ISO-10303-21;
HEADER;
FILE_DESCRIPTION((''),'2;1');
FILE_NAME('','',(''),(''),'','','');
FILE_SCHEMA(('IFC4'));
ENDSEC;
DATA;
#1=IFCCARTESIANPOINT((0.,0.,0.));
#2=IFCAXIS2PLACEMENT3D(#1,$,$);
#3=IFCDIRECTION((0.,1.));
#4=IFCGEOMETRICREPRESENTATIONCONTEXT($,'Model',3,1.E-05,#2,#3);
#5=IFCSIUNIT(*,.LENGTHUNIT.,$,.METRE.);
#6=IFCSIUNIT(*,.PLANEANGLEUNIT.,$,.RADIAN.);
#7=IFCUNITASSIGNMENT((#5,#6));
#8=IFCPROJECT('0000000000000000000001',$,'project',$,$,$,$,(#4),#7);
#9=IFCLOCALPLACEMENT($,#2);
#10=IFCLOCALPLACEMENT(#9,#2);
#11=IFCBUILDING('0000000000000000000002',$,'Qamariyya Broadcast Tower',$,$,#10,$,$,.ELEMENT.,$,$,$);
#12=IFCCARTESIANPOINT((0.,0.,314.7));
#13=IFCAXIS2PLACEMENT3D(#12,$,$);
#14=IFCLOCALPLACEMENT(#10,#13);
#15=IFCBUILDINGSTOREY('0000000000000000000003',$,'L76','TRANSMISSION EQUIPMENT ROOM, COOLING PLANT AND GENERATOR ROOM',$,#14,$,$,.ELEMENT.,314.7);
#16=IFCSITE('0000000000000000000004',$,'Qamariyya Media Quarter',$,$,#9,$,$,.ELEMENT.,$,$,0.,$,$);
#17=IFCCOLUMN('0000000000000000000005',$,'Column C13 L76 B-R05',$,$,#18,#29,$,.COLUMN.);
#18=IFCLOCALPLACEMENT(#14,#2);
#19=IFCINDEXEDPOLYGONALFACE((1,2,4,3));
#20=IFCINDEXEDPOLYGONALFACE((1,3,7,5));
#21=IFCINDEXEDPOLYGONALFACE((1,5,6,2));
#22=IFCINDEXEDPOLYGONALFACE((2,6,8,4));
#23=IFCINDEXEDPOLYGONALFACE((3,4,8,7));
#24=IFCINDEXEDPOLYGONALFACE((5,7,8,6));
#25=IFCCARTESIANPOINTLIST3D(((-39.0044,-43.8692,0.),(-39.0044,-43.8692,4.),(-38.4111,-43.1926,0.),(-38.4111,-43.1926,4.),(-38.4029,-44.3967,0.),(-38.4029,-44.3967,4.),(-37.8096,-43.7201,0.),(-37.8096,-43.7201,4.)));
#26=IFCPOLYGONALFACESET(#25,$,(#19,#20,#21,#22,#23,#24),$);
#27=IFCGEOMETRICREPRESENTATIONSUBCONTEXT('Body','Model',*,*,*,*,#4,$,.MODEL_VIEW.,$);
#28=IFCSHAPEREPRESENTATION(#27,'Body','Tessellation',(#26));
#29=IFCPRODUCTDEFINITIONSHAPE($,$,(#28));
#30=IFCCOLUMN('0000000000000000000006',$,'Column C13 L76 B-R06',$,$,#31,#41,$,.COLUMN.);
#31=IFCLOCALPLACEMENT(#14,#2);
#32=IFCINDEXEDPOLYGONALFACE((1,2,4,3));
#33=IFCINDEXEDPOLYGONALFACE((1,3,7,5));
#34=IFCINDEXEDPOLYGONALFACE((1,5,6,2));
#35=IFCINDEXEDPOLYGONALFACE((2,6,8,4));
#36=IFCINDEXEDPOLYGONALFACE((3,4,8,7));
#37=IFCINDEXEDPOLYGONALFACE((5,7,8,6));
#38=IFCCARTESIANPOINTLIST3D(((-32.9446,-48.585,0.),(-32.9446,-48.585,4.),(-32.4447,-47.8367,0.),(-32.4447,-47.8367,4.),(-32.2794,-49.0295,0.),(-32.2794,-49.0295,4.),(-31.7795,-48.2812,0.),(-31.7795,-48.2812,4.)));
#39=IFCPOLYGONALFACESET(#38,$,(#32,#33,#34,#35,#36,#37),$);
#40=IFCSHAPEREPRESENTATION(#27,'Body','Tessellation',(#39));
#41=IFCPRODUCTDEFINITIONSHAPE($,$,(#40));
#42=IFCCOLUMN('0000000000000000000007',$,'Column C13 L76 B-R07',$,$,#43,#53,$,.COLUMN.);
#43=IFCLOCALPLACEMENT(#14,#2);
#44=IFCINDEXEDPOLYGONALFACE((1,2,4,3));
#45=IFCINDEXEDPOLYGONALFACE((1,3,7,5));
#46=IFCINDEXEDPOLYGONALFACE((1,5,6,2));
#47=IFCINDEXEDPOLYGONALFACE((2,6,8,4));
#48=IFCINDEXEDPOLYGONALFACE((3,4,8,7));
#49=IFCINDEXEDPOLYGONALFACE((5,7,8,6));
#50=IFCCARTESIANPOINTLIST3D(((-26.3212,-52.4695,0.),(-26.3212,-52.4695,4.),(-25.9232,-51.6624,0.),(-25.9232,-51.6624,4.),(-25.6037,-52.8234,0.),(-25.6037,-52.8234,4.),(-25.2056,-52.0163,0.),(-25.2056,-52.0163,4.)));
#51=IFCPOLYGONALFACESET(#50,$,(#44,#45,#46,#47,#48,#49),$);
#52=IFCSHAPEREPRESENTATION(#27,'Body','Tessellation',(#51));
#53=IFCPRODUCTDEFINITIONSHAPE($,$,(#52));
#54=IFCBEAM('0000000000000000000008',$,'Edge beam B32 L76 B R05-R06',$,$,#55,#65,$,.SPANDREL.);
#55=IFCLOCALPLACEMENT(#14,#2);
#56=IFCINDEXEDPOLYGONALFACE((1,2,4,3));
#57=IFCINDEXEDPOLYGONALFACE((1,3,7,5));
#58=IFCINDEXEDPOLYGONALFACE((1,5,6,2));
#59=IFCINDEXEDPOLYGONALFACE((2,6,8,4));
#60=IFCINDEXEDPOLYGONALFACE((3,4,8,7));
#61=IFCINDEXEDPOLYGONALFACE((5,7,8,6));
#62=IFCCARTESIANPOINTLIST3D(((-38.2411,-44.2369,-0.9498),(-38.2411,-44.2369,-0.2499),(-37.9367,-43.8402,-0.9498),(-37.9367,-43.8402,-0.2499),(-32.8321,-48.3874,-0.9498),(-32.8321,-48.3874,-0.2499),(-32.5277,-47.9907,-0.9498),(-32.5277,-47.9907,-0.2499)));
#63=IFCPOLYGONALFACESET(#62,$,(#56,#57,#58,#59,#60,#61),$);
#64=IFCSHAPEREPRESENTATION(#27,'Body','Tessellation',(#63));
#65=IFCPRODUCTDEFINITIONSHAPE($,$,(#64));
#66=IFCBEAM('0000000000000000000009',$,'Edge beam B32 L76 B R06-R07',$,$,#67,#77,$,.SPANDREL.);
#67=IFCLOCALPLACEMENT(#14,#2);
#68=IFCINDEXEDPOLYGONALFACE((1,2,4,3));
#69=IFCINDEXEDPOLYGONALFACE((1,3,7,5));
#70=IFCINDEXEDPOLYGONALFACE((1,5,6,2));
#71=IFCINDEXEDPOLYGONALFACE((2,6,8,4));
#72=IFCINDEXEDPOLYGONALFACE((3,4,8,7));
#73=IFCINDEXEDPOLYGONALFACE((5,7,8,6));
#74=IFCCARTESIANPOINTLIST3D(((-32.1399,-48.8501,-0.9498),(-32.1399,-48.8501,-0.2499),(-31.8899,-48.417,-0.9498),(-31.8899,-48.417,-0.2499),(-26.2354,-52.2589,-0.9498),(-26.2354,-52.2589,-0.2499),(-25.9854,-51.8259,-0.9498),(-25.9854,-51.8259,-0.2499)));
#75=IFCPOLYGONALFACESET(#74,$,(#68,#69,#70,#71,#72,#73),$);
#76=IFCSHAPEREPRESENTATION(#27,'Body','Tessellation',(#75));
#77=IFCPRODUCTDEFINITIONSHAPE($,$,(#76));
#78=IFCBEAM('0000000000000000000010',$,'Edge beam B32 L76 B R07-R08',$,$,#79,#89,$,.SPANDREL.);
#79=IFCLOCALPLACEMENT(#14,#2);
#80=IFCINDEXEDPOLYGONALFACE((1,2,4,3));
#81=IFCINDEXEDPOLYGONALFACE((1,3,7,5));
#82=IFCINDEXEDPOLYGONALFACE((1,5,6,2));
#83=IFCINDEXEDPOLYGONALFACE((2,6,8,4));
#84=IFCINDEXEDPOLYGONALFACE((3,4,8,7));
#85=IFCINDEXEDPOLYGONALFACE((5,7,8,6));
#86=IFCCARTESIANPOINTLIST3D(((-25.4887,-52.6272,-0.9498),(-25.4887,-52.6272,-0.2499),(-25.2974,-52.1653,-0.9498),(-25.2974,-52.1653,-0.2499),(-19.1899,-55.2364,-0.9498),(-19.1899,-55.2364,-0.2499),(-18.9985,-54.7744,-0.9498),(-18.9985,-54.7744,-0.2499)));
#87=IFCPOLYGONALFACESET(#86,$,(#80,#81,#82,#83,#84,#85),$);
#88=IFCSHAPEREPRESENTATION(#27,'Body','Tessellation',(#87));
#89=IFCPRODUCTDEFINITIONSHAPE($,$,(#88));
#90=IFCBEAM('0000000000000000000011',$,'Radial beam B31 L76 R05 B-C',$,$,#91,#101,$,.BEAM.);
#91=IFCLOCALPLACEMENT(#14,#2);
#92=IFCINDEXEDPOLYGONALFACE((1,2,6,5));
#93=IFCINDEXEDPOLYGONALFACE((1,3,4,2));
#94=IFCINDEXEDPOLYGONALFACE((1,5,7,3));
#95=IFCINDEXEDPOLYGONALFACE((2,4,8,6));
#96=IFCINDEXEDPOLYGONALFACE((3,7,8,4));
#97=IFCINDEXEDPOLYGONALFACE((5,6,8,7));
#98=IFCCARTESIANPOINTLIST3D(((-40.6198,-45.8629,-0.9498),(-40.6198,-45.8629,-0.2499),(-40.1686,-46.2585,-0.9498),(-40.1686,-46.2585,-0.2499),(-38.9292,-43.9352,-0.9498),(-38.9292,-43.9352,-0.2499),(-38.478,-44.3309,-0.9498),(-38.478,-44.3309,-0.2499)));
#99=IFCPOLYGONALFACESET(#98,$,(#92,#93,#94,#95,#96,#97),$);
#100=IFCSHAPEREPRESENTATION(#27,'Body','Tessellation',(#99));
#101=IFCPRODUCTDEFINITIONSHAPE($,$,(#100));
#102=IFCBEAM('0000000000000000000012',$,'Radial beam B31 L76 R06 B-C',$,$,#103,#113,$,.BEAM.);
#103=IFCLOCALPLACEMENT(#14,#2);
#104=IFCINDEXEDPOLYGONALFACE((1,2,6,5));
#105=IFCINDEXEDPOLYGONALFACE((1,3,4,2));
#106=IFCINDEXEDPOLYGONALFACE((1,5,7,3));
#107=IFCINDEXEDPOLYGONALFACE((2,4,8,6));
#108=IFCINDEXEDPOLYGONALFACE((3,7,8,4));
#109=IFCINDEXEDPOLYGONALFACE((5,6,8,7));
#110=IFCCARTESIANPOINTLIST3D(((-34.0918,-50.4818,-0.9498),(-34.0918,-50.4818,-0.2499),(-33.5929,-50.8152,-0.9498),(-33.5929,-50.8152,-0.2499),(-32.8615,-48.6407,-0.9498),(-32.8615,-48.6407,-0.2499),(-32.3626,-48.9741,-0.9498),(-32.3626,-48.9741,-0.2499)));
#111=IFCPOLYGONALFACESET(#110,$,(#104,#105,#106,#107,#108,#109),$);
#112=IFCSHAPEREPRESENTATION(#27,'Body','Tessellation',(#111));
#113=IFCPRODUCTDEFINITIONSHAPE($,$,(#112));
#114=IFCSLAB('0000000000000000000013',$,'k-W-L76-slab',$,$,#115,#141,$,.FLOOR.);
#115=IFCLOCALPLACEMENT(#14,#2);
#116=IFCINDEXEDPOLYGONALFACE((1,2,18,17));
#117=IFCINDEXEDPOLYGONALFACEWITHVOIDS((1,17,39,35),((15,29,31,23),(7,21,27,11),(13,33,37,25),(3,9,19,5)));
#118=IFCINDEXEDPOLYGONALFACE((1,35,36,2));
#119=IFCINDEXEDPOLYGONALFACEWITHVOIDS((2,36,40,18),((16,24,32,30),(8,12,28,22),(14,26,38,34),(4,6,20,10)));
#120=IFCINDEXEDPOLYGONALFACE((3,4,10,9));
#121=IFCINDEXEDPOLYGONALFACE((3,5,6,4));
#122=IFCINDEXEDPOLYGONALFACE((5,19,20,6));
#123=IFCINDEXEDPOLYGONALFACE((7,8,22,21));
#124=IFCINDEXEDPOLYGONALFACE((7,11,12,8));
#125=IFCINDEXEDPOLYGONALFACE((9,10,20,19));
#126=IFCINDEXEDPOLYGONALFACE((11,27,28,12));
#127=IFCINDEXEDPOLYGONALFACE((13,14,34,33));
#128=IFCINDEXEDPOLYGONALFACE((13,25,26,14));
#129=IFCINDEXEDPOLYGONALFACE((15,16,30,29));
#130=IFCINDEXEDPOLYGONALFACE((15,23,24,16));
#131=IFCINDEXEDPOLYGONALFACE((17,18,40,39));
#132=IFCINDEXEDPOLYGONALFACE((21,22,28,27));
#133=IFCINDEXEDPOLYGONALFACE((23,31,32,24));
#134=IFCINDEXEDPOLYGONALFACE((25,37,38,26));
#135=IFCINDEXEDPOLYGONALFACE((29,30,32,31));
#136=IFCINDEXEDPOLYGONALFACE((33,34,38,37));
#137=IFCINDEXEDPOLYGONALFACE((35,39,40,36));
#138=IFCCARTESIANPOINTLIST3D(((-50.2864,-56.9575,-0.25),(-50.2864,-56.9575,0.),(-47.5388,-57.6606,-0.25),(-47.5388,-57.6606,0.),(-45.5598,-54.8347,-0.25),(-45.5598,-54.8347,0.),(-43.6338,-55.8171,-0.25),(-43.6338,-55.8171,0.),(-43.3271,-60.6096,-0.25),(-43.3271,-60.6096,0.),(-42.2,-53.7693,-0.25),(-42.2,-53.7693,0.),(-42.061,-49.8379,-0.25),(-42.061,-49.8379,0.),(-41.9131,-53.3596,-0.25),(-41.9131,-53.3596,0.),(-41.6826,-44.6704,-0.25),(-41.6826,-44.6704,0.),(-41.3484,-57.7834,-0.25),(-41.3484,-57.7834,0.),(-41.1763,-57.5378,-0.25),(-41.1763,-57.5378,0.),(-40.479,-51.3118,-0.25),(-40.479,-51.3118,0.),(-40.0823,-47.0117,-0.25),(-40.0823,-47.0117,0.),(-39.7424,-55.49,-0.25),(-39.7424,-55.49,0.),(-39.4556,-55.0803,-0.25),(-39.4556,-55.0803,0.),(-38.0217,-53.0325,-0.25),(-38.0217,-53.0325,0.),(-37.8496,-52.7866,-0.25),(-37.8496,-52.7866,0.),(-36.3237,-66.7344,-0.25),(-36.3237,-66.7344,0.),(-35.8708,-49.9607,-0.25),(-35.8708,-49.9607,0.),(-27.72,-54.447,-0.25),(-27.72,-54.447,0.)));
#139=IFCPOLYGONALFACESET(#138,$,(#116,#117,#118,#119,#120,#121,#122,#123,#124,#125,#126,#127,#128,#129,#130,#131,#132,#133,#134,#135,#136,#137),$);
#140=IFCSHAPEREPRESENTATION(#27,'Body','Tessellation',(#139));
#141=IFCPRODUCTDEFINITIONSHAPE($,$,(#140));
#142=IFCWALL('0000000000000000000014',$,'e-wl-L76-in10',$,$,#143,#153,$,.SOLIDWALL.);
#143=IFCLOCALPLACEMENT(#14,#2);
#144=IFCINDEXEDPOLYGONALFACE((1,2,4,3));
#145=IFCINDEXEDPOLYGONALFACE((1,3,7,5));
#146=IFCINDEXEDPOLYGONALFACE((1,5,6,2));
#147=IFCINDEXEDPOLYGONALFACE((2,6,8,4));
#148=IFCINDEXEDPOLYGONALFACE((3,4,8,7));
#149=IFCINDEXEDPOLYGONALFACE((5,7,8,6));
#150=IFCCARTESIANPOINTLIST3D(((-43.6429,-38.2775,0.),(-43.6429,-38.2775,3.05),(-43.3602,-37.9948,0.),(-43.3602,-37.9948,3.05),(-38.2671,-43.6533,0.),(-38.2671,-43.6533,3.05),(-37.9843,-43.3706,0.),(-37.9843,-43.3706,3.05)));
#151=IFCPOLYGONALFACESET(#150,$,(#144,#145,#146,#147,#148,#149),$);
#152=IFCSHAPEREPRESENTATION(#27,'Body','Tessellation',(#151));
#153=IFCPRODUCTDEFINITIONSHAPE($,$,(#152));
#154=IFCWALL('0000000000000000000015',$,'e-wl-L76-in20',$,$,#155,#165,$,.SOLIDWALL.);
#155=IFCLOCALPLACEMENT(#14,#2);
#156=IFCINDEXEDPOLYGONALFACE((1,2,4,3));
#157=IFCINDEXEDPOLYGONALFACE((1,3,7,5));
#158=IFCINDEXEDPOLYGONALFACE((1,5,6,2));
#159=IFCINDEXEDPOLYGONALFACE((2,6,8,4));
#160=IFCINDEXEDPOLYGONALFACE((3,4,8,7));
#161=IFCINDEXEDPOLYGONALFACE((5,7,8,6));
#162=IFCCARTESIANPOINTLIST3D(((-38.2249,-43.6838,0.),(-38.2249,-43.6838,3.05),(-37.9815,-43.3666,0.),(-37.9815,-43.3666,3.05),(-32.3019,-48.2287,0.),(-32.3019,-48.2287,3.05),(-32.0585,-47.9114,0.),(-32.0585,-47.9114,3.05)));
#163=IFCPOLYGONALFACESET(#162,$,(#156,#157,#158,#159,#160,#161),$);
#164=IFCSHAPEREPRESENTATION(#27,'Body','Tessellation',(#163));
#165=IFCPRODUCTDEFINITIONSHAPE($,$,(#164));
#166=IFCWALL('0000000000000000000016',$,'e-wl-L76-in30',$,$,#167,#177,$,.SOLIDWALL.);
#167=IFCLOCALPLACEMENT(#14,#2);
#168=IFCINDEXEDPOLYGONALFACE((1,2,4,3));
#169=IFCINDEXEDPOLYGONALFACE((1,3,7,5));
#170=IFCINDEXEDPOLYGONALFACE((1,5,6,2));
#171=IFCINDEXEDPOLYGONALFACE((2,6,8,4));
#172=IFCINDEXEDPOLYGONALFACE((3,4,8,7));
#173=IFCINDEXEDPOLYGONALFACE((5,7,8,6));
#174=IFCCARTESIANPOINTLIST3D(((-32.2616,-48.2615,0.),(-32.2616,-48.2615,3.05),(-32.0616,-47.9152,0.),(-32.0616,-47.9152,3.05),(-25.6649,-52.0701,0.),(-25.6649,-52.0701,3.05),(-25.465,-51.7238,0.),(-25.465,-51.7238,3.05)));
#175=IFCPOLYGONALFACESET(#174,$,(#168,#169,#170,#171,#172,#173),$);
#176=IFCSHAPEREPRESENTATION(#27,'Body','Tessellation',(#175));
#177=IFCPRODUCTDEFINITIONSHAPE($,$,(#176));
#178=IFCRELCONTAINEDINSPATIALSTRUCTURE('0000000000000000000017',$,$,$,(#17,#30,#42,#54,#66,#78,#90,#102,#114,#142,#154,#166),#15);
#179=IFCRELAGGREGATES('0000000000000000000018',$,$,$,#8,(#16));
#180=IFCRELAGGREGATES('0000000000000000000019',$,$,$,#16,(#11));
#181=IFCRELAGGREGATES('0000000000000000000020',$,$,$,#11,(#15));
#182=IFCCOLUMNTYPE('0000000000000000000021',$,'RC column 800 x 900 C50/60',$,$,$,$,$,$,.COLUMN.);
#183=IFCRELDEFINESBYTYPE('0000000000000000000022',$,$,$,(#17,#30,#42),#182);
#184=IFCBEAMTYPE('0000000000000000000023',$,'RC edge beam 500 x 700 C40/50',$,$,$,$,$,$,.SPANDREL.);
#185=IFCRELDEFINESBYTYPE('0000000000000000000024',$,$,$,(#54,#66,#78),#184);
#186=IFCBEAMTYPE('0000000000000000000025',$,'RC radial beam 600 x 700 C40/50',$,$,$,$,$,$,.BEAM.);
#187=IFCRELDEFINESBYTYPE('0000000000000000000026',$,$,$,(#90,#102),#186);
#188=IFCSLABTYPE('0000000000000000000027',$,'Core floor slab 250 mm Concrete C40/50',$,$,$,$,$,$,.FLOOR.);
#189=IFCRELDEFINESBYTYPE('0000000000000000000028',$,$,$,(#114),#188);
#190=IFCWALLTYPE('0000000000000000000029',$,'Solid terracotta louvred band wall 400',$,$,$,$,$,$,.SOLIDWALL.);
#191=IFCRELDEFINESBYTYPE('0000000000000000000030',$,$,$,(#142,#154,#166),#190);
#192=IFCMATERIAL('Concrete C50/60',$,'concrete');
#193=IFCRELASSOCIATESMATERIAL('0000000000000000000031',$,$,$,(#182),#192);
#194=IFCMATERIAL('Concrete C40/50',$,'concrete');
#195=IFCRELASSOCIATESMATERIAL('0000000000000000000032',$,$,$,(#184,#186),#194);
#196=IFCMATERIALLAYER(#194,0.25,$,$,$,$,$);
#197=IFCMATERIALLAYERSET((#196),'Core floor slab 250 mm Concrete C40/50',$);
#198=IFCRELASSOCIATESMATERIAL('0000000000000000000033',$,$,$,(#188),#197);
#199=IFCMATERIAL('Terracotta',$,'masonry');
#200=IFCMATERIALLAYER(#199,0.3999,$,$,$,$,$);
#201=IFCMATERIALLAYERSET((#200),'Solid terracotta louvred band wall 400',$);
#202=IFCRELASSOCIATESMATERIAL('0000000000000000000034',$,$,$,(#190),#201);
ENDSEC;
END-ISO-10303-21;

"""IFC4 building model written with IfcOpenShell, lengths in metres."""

from ifc_helpers import new_model, si_unit, direction, frame, frame_2d, origin, origin_2d, place, context, subcontext, project, spatial, polyline, rectangle, outline, extrude, material, layer, layer_set, material_profile, profile_set, type_object, element, save


model = new_model("IFC4")

# Units and contexts
model_context = context("Model", 3, precision=1e-05, world=origin(), true_north=direction((0.0, 1.0)))
body_context = subcontext(model_context, "Body", "Model", "MODEL_VIEW")
ifc_project = project(units=[si_unit("LENGTHUNIT", "METRE"), si_unit("PLANEANGLEUNIT", "RADIAN")], contexts=[model_context])

# Site, building, storey
site_placement = place(None, origin())
site = spatial("IfcSite", under=ifc_project, at=site_placement, Name="Qamariyya Media Quarter", CompositionType="ELEMENT", RefElevation=0.0)
building_placement = place(site_placement, origin())
building = spatial("IfcBuilding", under=site, at=building_placement, Name="Qamariyya Broadcast Tower", CompositionType="ELEMENT")
storey_placement = place(building_placement, frame((0.0, 0.0, 314.7)))
storey = spatial("IfcBuildingStorey", under=building, at=storey_placement, Name="L76", Description="TRANSMISSION EQUIPMENT ROOM, COOLING PLANT AND GENERATOR ROOM", CompositionType="ELEMENT", Elevation=314.7)

# Columns
ifc_material_1 = material(Name="Concrete C50/60", Category="concrete")
ifc_material_profile_1 = material_profile(ifc_material_1, rectangle(XDim=0.8, YDim=0.8999, at=origin_2d()))
ifc_profile_set_1 = profile_set([ifc_material_profile_1], Name="Concrete C50/60")
column_type = type_object("IfcColumnType", Name="RC column 800 x 900 C50/60", PredefinedType="COLUMN", material=ifc_profile_set_1)
for number, where, z_axis, x_axis, name in (
    (1, (-38.407, -43.7947, 0.0), (0.0, 0.0, 1.0), (0.75184, -0.659346, 0.0), "Column C13 L76 B-R05"),
    (2, (-32.3621, -48.4331, 0.0), (0.0, 0.0, 1.0), (0.83147, -0.55557, 0.0), "Column C13 L76 B-R06"),
    (3, (-25.7634, -52.2429, 0.0), (0.0, 0.0, 1.0), (0.896873, -0.442289, 0.0), "Column C13 L76 B-R07"),
):
    element("IfcColumn", number, at=place(storey_placement, frame(where, z_axis=z_axis, x_axis=x_axis)), inside=storey, type_object=column_type, Name=name, PredefinedType="COLUMN", context=body_context, shape_type="SweptSolid", body=[
        extrude(rectangle(XDim=0.8, YDim=0.8999, at=origin_2d()), origin(), (0.0, 0.0, 1.0), 4.0),
    ])

# Beams
ifc_material_2 = material(Name="Concrete C40/50", Category="concrete")
ifc_material_profile_2 = material_profile(ifc_material_2, rectangle(XDim=0.5, YDim=0.7, at=origin_2d()))
ifc_profile_set_2 = profile_set([ifc_material_profile_2], Name="Concrete C40/50")
beam_type_1 = type_object("IfcBeamType", Name="RC edge beam 500 x 700 C40/50", PredefinedType="SPANDREL", material=ifc_profile_set_2)
for number, where, z_axis, x_axis, name in (
    (4, (-38.0889, -44.0386, -0.5999), (0.793356, -0.608759, 0.0), (0.608759, 0.793356, 0.0), "Edge beam B32 L76 B R05-R06"),
    (5, (-32.0149, -48.6335, -0.5999), (0.866029, -0.499994, 0.0), (0.499994, 0.866029, 0.0), "Edge beam B32 L76 B R06-R07"),
    (6, (-25.3931, -52.3962, -0.5999), (0.923876, -0.382692, 0.0), (0.382692, 0.923876, 0.0), "Edge beam B32 L76 B R07-R08"),
):
    element("IfcBeam", number, at=place(storey_placement, frame(where, z_axis=z_axis, x_axis=x_axis)), inside=storey, type_object=beam_type_1, Name=name, PredefinedType="SPANDREL", context=body_context, shape_type="SweptSolid", body=[
        extrude(rectangle(XDim=0.5, YDim=0.7, at=origin_2d()), origin(), (0.0, 0.0, 1.0), 6.8179),
    ])
ifc_material_profile_3 = material_profile(ifc_material_2, rectangle(XDim=0.6001, YDim=0.7, at=origin_2d()))
ifc_profile_set_3 = profile_set([ifc_material_profile_3], Name="Concrete C40/50")
beam_type_2 = type_object("IfcBeamType", Name="RC radial beam 600 x 700 C40/50", PredefinedType="BEAM", material=ifc_profile_set_3)
beam_1_placement = place(storey_placement, frame((-38.7036, -44.1331, -0.5999), z_axis=(-0.659367, -0.751821, 0.0), x_axis=(0.751821, -0.659367, 0.0)))
element("IfcBeam", 7, at=beam_1_placement, inside=storey, type_object=beam_type_2, Name="Radial beam B31 L76 R05 B-C", PredefinedType="BEAM", context=body_context, shape_type="SweptSolid", body=[
    extrude(rectangle(XDim=0.6001, YDim=0.7, at=origin_2d()), origin(), (0.0, 0.0, 1.0), 2.564),
])
beam_2_placement = place(storey_placement, frame((-32.6121, -48.8074, -0.5999), z_axis=(-0.55559, -0.831456, 0.0), x_axis=(0.831456, -0.55559, 0.0)))
element("IfcBeam", 8, at=beam_2_placement, inside=storey, type_object=beam_type_2, Name="Radial beam B31 L76 R06 B-C", PredefinedType="BEAM", context=body_context, shape_type="SweptSolid", body=[
    extrude(rectangle(XDim=0.6001, YDim=0.7, at=origin_2d()), origin(), (0.0, 0.0, 1.0), 2.2144),
])

# Slab
ifc_layer_1 = layer(ifc_material_2, 0.25)
ifc_layer_set_1 = layer_set([ifc_layer_1], Name="Core floor slab 250 mm Concrete C40/50")
slab_type_1 = type_object("IfcSlabType", Name="Core floor slab 250 mm Concrete C40/50", PredefinedType="FLOOR", material=ifc_layer_set_1)
slab_1_placement = place(storey_placement, frame((0.0, 0.0, -0.25)))
element("IfcSlab", 9, at=slab_1_placement, inside=storey, type_object=slab_type_1, Name="k-W-L76-slab", PredefinedType="FLOOR", context=body_context, shape_type="SweptSolid", body=[
    extrude(outline(polyline([(-50.2864, -56.9575), (-36.3237, -66.7344), (-27.72, -54.447), (-41.6826, -44.6704), (-50.2864, -56.9575)]), holes=[polyline([(-39.7424, -55.49), (-42.2, -53.7693), (-43.6338, -55.8171), (-41.1763, -57.5378), (-39.7424, -55.49)]), polyline([(-39.4556, -55.0803), (-41.9131, -53.3596), (-40.479, -51.3118), (-38.0217, -53.0325), (-39.4556, -55.0803)]), polyline([(-42.061, -49.8379), (-37.8496, -52.7866), (-35.8708, -49.9607), (-40.0823, -47.0117), (-42.061, -49.8379)]), polyline([(-47.5388, -57.6606), (-43.3271, -60.6096), (-41.3484, -57.7834), (-45.5598, -54.8347), (-47.5388, -57.6606)])]), origin(), (0.0, 0.0, 1.0), 0.25),
])

# Walls
ifc_material_3 = material(Name="Terracotta", Category="masonry")
ifc_layer_2 = layer(ifc_material_3, 0.3999)
ifc_layer_set_2 = layer_set([ifc_layer_2], Name="Solid terracotta louvred band wall 400")
wall_type = type_object("IfcWallType", Name="Solid terracotta louvred band wall 400", PredefinedType="SOLIDWALL", material=ifc_layer_set_2)
wall_1_placement = place(storey_placement, frame((-38.1257, -43.512, 0.0), z_axis=(0.0, 0.0, 1.0), x_axis=(-0.707107, 0.707107, 0.0)))
element("IfcWall", 10, at=wall_1_placement, inside=storey, type_object=wall_type, Name="e-wl-L76-in10", PredefinedType="SOLIDWALL", context=body_context, shape_type="SweptSolid", body=[
    extrude(rectangle(XDim=7.6025, YDim=0.3999, at=frame_2d((3.8013, 0.0))), origin(), (0.0, 0.0, 1.0), 3.05),
])
wall_2_placement = place(storey_placement, frame((-32.1802, -48.0701, 0.0), z_axis=(0.0, 0.0, 1.0), x_axis=(-0.793355, 0.608759, 0.0)))
element("IfcWall", 11, at=wall_2_placement, inside=storey, type_object=wall_type, Name="e-wl-L76-in20", PredefinedType="SOLIDWALL", context=body_context, shape_type="SweptSolid", body=[
    extrude(rectangle(XDim=7.4658, YDim=0.3999, at=frame_2d((3.7329, 0.0))), origin(), (0.0, 0.0, 1.0), 3.05),
])
wall_3_placement = place(storey_placement, frame((-25.5649, -51.897, 0.0), z_axis=(0.0, 0.0, 1.0), x_axis=(-0.866025, 0.5, 0.0)))
element("IfcWall", 12, at=wall_3_placement, inside=storey, type_object=wall_type, Name="e-wl-L76-in30", PredefinedType="SOLIDWALL", context=body_context, shape_type="SweptSolid", body=[
    extrude(rectangle(XDim=7.6172, YDim=0.3999, at=frame_2d((3.8086, 0.0))), origin(), (0.0, 0.0, 1.0), 3.05),
])

save(model, "model.ifc")
